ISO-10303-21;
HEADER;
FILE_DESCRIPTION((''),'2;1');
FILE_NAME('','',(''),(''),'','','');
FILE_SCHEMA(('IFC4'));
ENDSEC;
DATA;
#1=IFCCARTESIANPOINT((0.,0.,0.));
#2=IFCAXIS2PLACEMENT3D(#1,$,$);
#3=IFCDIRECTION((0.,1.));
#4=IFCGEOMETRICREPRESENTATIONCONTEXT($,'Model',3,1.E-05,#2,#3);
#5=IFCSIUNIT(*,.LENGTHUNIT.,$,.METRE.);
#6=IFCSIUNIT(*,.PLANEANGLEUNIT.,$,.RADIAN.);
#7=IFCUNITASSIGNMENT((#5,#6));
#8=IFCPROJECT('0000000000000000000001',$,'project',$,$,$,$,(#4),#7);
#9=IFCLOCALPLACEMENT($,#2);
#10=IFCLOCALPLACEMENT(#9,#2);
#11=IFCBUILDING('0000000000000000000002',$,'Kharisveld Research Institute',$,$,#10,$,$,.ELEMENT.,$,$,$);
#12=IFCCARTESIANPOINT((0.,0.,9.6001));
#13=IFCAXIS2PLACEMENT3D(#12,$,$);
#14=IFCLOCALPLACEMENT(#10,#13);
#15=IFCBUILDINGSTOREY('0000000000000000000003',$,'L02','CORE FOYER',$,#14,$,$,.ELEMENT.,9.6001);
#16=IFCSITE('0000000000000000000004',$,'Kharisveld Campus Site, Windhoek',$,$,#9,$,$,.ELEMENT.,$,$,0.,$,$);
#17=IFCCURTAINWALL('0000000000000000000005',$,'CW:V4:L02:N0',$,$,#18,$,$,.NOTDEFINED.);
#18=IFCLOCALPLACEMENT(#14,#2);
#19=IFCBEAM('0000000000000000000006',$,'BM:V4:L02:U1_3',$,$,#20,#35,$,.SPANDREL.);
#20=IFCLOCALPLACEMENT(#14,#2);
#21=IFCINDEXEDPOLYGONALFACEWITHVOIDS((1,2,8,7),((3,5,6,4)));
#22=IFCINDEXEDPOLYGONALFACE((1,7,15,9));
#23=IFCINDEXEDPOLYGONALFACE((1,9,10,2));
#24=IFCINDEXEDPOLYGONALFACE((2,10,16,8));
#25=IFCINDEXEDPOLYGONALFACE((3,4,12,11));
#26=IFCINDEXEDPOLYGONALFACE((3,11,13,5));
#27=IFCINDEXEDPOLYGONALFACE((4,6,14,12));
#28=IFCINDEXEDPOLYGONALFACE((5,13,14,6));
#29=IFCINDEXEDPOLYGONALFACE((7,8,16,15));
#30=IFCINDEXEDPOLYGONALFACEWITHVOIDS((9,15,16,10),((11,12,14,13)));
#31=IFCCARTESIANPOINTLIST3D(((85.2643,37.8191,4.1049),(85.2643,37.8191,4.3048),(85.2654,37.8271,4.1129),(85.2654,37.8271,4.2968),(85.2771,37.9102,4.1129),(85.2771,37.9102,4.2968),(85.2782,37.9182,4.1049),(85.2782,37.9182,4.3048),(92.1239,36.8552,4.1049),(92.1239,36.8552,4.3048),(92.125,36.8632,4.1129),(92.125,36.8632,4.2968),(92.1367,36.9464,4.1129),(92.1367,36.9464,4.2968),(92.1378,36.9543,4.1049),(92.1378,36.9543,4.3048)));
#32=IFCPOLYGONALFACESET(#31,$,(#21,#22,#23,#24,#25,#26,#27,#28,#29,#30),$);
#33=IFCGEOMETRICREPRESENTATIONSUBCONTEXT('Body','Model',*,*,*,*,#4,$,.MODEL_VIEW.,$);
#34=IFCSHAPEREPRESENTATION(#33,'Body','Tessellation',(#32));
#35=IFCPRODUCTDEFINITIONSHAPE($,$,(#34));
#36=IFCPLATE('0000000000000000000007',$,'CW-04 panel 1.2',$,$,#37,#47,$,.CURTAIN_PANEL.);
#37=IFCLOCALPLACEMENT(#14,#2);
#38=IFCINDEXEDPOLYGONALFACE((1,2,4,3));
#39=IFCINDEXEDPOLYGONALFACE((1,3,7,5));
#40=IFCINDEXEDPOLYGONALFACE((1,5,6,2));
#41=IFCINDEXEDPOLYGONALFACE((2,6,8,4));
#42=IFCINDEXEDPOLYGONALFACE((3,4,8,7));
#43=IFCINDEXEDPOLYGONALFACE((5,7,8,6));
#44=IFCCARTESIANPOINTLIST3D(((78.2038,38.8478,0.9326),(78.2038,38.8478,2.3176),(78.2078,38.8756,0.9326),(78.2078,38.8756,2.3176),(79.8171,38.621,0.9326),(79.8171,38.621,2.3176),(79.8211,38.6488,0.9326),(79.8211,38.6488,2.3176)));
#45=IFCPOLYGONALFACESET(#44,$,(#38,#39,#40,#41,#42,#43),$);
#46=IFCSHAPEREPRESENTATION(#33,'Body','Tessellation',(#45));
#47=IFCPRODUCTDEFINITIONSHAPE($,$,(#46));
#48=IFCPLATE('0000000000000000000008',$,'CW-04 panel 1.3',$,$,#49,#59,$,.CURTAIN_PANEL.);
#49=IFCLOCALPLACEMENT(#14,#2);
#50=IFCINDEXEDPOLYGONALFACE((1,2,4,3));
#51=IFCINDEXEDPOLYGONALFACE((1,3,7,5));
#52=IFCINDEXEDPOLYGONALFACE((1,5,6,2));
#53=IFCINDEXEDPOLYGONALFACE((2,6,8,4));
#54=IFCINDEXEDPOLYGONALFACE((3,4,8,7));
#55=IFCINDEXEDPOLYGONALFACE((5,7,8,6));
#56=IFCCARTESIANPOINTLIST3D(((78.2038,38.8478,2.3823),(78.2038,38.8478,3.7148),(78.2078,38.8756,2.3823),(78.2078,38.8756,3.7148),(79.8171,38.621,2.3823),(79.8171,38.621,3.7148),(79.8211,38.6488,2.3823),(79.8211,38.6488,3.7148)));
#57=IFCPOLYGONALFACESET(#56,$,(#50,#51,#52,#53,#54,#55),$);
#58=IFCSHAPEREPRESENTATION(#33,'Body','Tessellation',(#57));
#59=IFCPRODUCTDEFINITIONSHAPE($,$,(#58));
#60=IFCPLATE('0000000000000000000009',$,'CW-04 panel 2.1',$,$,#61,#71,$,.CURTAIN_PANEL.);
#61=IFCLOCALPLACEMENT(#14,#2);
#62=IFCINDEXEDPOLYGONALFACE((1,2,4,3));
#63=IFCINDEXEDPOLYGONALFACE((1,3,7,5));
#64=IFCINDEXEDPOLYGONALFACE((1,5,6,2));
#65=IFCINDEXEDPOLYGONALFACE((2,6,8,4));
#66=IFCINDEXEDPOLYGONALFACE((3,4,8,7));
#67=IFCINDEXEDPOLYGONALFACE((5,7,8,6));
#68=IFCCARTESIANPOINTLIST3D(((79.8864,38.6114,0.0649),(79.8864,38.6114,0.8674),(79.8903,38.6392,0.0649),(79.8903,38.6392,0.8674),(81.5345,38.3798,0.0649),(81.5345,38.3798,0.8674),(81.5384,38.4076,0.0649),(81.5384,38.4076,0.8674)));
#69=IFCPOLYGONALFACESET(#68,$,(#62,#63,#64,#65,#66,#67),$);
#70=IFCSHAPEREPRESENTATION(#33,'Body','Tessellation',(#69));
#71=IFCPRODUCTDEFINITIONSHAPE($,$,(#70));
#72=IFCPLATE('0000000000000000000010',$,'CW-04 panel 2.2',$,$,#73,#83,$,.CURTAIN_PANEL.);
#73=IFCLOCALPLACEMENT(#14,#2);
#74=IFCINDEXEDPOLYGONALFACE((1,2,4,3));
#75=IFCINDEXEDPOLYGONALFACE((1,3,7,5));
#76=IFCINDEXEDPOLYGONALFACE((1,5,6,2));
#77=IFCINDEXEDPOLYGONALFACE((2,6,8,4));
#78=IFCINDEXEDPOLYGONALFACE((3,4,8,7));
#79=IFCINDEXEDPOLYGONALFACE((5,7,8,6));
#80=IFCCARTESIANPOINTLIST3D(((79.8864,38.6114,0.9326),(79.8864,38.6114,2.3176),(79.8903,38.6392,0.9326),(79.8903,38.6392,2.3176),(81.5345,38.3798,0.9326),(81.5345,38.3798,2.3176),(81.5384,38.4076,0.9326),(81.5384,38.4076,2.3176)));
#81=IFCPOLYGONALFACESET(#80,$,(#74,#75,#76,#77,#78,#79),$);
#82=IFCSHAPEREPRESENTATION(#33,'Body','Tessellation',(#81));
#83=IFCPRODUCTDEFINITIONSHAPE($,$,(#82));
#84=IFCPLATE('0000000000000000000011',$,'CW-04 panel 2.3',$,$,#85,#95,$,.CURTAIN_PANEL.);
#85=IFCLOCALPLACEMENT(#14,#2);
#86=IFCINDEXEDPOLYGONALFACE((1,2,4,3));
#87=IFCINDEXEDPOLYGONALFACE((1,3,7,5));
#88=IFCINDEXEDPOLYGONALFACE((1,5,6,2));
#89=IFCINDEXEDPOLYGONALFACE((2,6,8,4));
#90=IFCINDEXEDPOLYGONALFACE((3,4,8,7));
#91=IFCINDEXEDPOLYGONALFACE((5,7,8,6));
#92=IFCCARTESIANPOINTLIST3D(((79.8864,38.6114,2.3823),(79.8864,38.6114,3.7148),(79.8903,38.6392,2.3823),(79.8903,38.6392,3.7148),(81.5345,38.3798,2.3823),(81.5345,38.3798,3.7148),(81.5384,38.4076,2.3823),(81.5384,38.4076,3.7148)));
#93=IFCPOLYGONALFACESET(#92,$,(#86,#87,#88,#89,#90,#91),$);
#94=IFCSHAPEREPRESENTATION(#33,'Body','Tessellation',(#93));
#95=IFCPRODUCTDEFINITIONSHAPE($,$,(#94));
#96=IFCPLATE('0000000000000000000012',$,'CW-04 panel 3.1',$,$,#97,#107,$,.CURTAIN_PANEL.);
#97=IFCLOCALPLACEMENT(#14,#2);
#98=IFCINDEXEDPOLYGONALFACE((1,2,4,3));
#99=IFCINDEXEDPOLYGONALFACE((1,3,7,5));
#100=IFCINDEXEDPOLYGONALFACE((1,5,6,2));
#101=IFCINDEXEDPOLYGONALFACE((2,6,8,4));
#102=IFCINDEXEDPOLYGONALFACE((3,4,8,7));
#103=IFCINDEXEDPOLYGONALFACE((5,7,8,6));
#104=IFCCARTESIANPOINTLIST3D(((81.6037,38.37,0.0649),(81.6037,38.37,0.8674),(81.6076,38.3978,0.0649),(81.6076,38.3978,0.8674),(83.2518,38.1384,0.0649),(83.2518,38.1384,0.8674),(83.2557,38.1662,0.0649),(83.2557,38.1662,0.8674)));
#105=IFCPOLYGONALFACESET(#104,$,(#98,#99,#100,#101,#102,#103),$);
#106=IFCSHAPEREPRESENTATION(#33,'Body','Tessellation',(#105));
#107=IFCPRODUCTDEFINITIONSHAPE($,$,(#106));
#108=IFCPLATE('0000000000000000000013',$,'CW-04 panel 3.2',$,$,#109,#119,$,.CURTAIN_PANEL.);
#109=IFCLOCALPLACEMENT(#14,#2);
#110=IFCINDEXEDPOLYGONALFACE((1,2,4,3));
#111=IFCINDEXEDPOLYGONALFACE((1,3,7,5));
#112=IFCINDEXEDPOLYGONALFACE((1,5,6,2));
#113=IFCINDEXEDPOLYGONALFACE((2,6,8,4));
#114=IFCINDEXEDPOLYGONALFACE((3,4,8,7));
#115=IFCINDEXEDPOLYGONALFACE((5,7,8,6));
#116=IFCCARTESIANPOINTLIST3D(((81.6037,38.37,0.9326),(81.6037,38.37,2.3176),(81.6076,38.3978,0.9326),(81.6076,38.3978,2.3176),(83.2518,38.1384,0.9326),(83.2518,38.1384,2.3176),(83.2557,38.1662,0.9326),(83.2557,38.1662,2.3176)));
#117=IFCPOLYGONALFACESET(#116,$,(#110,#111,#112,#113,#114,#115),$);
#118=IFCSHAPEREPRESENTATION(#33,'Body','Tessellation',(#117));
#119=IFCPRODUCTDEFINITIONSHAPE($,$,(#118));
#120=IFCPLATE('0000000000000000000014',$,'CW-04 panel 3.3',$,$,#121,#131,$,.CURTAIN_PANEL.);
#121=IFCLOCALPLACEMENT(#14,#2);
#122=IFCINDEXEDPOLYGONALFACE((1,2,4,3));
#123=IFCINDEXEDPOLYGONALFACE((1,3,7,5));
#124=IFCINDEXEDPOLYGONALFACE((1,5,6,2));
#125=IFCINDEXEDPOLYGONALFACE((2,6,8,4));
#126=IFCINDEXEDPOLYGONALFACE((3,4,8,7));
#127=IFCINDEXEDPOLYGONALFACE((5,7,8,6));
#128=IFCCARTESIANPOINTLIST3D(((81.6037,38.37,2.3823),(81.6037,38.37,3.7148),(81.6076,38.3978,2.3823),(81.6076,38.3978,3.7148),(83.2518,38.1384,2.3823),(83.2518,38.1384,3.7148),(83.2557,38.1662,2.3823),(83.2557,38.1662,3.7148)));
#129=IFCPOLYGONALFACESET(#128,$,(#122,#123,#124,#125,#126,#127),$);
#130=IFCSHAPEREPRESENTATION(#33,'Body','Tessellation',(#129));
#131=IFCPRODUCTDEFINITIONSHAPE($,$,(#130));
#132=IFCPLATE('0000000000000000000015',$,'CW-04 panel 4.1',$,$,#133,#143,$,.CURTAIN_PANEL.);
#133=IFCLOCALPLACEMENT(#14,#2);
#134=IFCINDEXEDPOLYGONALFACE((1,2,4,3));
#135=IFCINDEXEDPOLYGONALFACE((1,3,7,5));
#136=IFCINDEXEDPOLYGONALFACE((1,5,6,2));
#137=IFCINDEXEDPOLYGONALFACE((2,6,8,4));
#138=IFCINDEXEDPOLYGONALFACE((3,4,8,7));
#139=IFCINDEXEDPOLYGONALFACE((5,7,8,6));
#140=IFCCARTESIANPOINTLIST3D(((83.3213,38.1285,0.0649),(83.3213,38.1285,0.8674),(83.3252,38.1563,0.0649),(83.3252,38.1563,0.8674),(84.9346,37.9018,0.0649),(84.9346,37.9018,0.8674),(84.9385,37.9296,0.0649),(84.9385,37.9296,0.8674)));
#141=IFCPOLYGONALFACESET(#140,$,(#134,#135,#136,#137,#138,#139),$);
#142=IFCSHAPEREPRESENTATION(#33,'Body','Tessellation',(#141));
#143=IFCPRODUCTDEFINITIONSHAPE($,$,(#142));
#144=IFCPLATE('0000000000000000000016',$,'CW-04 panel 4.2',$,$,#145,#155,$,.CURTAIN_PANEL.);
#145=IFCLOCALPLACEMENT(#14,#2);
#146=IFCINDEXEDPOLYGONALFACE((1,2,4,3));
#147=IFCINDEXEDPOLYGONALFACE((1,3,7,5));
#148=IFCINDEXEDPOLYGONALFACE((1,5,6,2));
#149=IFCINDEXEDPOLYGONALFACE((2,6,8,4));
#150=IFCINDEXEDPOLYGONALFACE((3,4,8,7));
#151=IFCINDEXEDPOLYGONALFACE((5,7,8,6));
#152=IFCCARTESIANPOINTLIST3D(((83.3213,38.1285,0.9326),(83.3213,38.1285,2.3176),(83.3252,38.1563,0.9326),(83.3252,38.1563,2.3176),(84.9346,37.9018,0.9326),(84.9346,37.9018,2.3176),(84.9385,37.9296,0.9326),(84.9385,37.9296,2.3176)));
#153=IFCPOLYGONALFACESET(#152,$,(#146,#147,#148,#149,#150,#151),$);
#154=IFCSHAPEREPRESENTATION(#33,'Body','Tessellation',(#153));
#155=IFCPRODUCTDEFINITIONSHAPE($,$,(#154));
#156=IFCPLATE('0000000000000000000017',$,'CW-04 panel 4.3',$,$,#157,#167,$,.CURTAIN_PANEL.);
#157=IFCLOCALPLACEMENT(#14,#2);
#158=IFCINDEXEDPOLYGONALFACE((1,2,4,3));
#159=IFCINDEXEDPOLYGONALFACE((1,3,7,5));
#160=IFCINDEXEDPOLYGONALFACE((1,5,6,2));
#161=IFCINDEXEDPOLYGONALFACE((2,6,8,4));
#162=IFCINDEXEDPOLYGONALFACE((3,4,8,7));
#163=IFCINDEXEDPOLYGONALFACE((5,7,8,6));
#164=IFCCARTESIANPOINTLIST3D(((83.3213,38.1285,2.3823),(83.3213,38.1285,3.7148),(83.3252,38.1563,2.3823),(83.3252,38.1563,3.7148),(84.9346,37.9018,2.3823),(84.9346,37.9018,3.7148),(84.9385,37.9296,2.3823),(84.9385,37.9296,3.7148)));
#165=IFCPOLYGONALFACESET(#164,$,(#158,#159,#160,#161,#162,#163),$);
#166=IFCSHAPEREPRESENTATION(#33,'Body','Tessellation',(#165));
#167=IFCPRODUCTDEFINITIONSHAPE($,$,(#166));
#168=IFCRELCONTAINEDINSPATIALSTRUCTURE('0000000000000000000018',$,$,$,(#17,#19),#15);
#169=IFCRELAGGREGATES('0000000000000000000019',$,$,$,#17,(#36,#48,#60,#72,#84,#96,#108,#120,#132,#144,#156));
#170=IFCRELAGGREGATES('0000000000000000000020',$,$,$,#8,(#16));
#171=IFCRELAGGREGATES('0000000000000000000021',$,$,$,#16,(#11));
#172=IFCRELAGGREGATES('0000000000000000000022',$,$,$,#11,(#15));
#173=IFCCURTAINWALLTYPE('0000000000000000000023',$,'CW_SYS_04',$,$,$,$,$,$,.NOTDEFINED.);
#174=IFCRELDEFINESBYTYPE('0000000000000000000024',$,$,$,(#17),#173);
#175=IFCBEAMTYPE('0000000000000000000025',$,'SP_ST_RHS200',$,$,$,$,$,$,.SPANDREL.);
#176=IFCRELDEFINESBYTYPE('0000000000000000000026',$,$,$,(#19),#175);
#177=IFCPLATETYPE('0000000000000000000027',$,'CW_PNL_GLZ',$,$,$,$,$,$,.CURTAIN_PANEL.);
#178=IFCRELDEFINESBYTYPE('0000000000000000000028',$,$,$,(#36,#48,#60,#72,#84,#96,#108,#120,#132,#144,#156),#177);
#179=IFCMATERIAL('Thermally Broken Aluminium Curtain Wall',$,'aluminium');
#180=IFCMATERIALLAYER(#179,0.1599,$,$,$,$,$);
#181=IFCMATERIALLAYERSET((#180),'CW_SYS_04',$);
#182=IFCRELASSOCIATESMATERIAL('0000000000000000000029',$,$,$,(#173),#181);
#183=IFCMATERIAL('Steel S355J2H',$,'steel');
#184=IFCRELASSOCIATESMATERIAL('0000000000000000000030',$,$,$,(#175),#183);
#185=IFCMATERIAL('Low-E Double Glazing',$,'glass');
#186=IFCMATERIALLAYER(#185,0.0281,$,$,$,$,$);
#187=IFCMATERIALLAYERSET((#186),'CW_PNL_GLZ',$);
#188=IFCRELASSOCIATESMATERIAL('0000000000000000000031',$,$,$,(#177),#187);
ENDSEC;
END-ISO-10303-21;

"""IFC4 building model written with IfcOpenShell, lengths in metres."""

from ifc_helpers import new_model, si_unit, direction, frame, origin, origin_2d, place, context, subcontext, project, spatial, rectangle, hollow_rectangle, extrude, material, layer, layer_set, material_profile, profile_set, type_object, element, aggregate, save


model = new_model("IFC4")

# Units and contexts
model_context = context("Model", 3, precision=1e-05, world=origin(), true_north=direction((0.0, 1.0)))
body_context = subcontext(model_context, "Body", "Model", "MODEL_VIEW")
ifc_project = project(units=[si_unit("LENGTHUNIT", "METRE"), si_unit("PLANEANGLEUNIT", "RADIAN")], contexts=[model_context])

# Site, building, storey
site_placement = place(None, origin())
site = spatial("IfcSite", under=ifc_project, at=site_placement, Name="Kharisveld Campus Site, Windhoek", CompositionType="ELEMENT", RefElevation=0.0)
building_placement = place(site_placement, origin())
building = spatial("IfcBuilding", under=site, at=building_placement, Name="Kharisveld Research Institute", CompositionType="ELEMENT")
storey_placement = place(building_placement, frame((0.0, 0.0, 9.6001)))
storey = spatial("IfcBuildingStorey", under=building, at=storey_placement, Name="L02", Description="CORE FOYER", CompositionType="ELEMENT", Elevation=9.6001)

# Curtain wall
ifc_material_1 = material(Name="Thermally Broken Aluminium Curtain Wall", Category="aluminium")
ifc_layer_1 = layer(ifc_material_1, 0.1599)
ifc_layer_set_1 = layer_set([ifc_layer_1], Name="CW_SYS_04")
curtain_wall_type_1 = type_object("IfcCurtainWallType", Name="CW_SYS_04", PredefinedType="NOTDEFINED", material=ifc_layer_set_1)
curtain_wall_1_placement = place(storey_placement, origin())
curtain_wall_1 = element("IfcCurtainWall", 1, at=curtain_wall_1_placement, inside=storey, type_object=curtain_wall_type_1, Name="CW:V4:L02:N0", PredefinedType="NOTDEFINED")

# Beam
ifc_material_2 = material(Name="Steel S355J2H", Category="steel")
ifc_material_profile_1 = material_profile(ifc_material_2, hollow_rectangle(XDim=0.1001, YDim=0.2, WallThickness=0.0081, at=origin_2d()))
ifc_profile_set_1 = profile_set([ifc_material_profile_1], Name="Steel S355J2H")
beam_type = type_object("IfcBeamType", Name="SP_ST_RHS200", PredefinedType="SPANDREL", material=ifc_profile_set_1)
beam_placement = place(storey_placement, frame((85.2712, 37.8687, 4.2048), z_axis=(0.990272, -0.139146, 0.0), x_axis=(0.139146, 0.990272, 0.0)))
element("IfcBeam", 2, at=beam_placement, inside=storey, type_object=beam_type, Name="BM:V4:L02:U1_3", PredefinedType="SPANDREL", context=body_context, shape_type="SweptSolid", body=[
    extrude(hollow_rectangle(XDim=0.1001, YDim=0.2, WallThickness=0.0081, at=origin_2d()), origin(), (0.0, 0.0, 1.0), 6.927),
])

# Plates
ifc_material_3 = material(Name="Low-E Double Glazing", Category="glass")
ifc_layer_2 = layer(ifc_material_3, 0.0281)
ifc_layer_set_2 = layer_set([ifc_layer_2], Name="CW_PNL_GLZ")
plate_type = type_object("IfcPlateType", Name="CW_PNL_GLZ", PredefinedType="CURTAIN_PANEL", material=ifc_layer_set_2)
plate_1_placement = place(storey_placement, frame((79.0125, 38.7483, 0.9326), z_axis=(0.0, 0.0, 1.0), x_axis=(0.990268, -0.139173, 0.0)))
plate_1 = element("IfcPlate", 3, at=plate_1_placement, type_object=plate_type, Name="CW-04 panel 1.2", PredefinedType="CURTAIN_PANEL", context=body_context, shape_type="SweptSolid", body=[
    extrude(rectangle(XDim=1.6292, YDim=0.0281, at=origin_2d()), origin(), (0.0, 0.0, 1.0), 1.385),
])
plate_2_placement = place(storey_placement, frame((79.0125, 38.7483, 2.3823), z_axis=(0.0, 0.0, 1.0), x_axis=(0.990268, -0.139173, 0.0)))
plate_2 = element("IfcPlate", 4, at=plate_2_placement, type_object=plate_type, Name="CW-04 panel 1.3", PredefinedType="CURTAIN_PANEL", context=body_context, shape_type="SweptSolid", body=[
    extrude(rectangle(XDim=1.6292, YDim=0.0281, at=origin_2d()), origin(), (0.0, 0.0, 1.0), 1.3325),
])
plate_3_placement = place(storey_placement, frame((80.7124, 38.5095, 0.0649), z_axis=(0.0, 0.0, 1.0), x_axis=(0.990268, -0.139173, 0.0)))
plate_3 = element("IfcPlate", 5, at=plate_3_placement, type_object=plate_type, Name="CW-04 panel 2.1", PredefinedType="CURTAIN_PANEL", context=body_context, shape_type="SweptSolid", body=[
    extrude(rectangle(XDim=1.6643, YDim=0.0281, at=origin_2d()), origin(), (0.0, 0.0, 1.0), 0.8025),
])
plate_4_placement = place(storey_placement, frame((80.7124, 38.5095, 0.9326), z_axis=(0.0, 0.0, 1.0), x_axis=(0.990268, -0.139173, 0.0)))
plate_4 = element("IfcPlate", 6, at=plate_4_placement, type_object=plate_type, Name="CW-04 panel 2.2", PredefinedType="CURTAIN_PANEL", context=body_context, shape_type="SweptSolid", body=[
    extrude(rectangle(XDim=1.6643, YDim=0.0281, at=origin_2d()), origin(), (0.0, 0.0, 1.0), 1.385),
])
plate_5_placement = place(storey_placement, frame((80.7124, 38.5095, 2.3823), z_axis=(0.0, 0.0, 1.0), x_axis=(0.990268, -0.139173, 0.0)))
plate_5 = element("IfcPlate", 7, at=plate_5_placement, type_object=plate_type, Name="CW-04 panel 2.3", PredefinedType="CURTAIN_PANEL", context=body_context, shape_type="SweptSolid", body=[
    extrude(rectangle(XDim=1.6643, YDim=0.0281, at=origin_2d()), origin(), (0.0, 0.0, 1.0), 1.3325),
])
plate_6_placement = place(storey_placement, frame((82.4297, 38.2681, 0.0649), z_axis=(0.0, 0.0, 1.0), x_axis=(0.990268, -0.139173, 0.0)))
plate_6 = element("IfcPlate", 8, at=plate_6_placement, type_object=plate_type, Name="CW-04 panel 3.1", PredefinedType="CURTAIN_PANEL", context=body_context, shape_type="SweptSolid", body=[
    extrude(rectangle(XDim=1.6643, YDim=0.0281, at=origin_2d()), origin(), (0.0, 0.0, 1.0), 0.8025),
])
plate_7_placement = place(storey_placement, frame((82.4297, 38.2681, 0.9326), z_axis=(0.0, 0.0, 1.0), x_axis=(0.990268, -0.139173, 0.0)))
plate_7 = element("IfcPlate", 9, at=plate_7_placement, type_object=plate_type, Name="CW-04 panel 3.2", PredefinedType="CURTAIN_PANEL", context=body_context, shape_type="SweptSolid", body=[
    extrude(rectangle(XDim=1.6643, YDim=0.0281, at=origin_2d()), origin(), (0.0, 0.0, 1.0), 1.385),
])
plate_8_placement = place(storey_placement, frame((82.4297, 38.2681, 2.3823), z_axis=(0.0, 0.0, 1.0), x_axis=(0.990268, -0.139173, 0.0)))
plate_8 = element("IfcPlate", 10, at=plate_8_placement, type_object=plate_type, Name="CW-04 panel 3.3", PredefinedType="CURTAIN_PANEL", context=body_context, shape_type="SweptSolid", body=[
    extrude(rectangle(XDim=1.6643, YDim=0.0281, at=origin_2d()), origin(), (0.0, 0.0, 1.0), 1.3325),
])
plate_9_placement = place(storey_placement, frame((84.1299, 38.0291, 0.0649), z_axis=(0.0, 0.0, 1.0), x_axis=(0.990268, -0.139173, 0.0)))
plate_9 = element("IfcPlate", 11, at=plate_9_placement, type_object=plate_type, Name="CW-04 panel 4.1", PredefinedType="CURTAIN_PANEL", context=body_context, shape_type="SweptSolid", body=[
    extrude(rectangle(XDim=1.6292, YDim=0.0281, at=origin_2d()), origin(), (0.0, 0.0, 1.0), 0.8025),
])
plate_10_placement = place(storey_placement, frame((84.1299, 38.0291, 0.9326), z_axis=(0.0, 0.0, 1.0), x_axis=(0.990268, -0.139173, 0.0)))
plate_10 = element("IfcPlate", 12, at=plate_10_placement, type_object=plate_type, Name="CW-04 panel 4.2", PredefinedType="CURTAIN_PANEL", context=body_context, shape_type="SweptSolid", body=[
    extrude(rectangle(XDim=1.6292, YDim=0.0281, at=origin_2d()), origin(), (0.0, 0.0, 1.0), 1.385),
])
plate_11_placement = place(storey_placement, frame((84.1299, 38.0291, 2.3823), z_axis=(0.0, 0.0, 1.0), x_axis=(0.990268, -0.139173, 0.0)))
plate_11 = element("IfcPlate", 13, at=plate_11_placement, type_object=plate_type, Name="CW-04 panel 4.3", PredefinedType="CURTAIN_PANEL", context=body_context, shape_type="SweptSolid", body=[
    extrude(rectangle(XDim=1.6292, YDim=0.0281, at=origin_2d()), origin(), (0.0, 0.0, 1.0), 1.3325),
])
aggregate(curtain_wall_1, [plate_1, plate_2, plate_3, plate_4, plate_5, plate_6, plate_7, plate_8, plate_9, plate_10, plate_11])

save(model, "model.ifc")
